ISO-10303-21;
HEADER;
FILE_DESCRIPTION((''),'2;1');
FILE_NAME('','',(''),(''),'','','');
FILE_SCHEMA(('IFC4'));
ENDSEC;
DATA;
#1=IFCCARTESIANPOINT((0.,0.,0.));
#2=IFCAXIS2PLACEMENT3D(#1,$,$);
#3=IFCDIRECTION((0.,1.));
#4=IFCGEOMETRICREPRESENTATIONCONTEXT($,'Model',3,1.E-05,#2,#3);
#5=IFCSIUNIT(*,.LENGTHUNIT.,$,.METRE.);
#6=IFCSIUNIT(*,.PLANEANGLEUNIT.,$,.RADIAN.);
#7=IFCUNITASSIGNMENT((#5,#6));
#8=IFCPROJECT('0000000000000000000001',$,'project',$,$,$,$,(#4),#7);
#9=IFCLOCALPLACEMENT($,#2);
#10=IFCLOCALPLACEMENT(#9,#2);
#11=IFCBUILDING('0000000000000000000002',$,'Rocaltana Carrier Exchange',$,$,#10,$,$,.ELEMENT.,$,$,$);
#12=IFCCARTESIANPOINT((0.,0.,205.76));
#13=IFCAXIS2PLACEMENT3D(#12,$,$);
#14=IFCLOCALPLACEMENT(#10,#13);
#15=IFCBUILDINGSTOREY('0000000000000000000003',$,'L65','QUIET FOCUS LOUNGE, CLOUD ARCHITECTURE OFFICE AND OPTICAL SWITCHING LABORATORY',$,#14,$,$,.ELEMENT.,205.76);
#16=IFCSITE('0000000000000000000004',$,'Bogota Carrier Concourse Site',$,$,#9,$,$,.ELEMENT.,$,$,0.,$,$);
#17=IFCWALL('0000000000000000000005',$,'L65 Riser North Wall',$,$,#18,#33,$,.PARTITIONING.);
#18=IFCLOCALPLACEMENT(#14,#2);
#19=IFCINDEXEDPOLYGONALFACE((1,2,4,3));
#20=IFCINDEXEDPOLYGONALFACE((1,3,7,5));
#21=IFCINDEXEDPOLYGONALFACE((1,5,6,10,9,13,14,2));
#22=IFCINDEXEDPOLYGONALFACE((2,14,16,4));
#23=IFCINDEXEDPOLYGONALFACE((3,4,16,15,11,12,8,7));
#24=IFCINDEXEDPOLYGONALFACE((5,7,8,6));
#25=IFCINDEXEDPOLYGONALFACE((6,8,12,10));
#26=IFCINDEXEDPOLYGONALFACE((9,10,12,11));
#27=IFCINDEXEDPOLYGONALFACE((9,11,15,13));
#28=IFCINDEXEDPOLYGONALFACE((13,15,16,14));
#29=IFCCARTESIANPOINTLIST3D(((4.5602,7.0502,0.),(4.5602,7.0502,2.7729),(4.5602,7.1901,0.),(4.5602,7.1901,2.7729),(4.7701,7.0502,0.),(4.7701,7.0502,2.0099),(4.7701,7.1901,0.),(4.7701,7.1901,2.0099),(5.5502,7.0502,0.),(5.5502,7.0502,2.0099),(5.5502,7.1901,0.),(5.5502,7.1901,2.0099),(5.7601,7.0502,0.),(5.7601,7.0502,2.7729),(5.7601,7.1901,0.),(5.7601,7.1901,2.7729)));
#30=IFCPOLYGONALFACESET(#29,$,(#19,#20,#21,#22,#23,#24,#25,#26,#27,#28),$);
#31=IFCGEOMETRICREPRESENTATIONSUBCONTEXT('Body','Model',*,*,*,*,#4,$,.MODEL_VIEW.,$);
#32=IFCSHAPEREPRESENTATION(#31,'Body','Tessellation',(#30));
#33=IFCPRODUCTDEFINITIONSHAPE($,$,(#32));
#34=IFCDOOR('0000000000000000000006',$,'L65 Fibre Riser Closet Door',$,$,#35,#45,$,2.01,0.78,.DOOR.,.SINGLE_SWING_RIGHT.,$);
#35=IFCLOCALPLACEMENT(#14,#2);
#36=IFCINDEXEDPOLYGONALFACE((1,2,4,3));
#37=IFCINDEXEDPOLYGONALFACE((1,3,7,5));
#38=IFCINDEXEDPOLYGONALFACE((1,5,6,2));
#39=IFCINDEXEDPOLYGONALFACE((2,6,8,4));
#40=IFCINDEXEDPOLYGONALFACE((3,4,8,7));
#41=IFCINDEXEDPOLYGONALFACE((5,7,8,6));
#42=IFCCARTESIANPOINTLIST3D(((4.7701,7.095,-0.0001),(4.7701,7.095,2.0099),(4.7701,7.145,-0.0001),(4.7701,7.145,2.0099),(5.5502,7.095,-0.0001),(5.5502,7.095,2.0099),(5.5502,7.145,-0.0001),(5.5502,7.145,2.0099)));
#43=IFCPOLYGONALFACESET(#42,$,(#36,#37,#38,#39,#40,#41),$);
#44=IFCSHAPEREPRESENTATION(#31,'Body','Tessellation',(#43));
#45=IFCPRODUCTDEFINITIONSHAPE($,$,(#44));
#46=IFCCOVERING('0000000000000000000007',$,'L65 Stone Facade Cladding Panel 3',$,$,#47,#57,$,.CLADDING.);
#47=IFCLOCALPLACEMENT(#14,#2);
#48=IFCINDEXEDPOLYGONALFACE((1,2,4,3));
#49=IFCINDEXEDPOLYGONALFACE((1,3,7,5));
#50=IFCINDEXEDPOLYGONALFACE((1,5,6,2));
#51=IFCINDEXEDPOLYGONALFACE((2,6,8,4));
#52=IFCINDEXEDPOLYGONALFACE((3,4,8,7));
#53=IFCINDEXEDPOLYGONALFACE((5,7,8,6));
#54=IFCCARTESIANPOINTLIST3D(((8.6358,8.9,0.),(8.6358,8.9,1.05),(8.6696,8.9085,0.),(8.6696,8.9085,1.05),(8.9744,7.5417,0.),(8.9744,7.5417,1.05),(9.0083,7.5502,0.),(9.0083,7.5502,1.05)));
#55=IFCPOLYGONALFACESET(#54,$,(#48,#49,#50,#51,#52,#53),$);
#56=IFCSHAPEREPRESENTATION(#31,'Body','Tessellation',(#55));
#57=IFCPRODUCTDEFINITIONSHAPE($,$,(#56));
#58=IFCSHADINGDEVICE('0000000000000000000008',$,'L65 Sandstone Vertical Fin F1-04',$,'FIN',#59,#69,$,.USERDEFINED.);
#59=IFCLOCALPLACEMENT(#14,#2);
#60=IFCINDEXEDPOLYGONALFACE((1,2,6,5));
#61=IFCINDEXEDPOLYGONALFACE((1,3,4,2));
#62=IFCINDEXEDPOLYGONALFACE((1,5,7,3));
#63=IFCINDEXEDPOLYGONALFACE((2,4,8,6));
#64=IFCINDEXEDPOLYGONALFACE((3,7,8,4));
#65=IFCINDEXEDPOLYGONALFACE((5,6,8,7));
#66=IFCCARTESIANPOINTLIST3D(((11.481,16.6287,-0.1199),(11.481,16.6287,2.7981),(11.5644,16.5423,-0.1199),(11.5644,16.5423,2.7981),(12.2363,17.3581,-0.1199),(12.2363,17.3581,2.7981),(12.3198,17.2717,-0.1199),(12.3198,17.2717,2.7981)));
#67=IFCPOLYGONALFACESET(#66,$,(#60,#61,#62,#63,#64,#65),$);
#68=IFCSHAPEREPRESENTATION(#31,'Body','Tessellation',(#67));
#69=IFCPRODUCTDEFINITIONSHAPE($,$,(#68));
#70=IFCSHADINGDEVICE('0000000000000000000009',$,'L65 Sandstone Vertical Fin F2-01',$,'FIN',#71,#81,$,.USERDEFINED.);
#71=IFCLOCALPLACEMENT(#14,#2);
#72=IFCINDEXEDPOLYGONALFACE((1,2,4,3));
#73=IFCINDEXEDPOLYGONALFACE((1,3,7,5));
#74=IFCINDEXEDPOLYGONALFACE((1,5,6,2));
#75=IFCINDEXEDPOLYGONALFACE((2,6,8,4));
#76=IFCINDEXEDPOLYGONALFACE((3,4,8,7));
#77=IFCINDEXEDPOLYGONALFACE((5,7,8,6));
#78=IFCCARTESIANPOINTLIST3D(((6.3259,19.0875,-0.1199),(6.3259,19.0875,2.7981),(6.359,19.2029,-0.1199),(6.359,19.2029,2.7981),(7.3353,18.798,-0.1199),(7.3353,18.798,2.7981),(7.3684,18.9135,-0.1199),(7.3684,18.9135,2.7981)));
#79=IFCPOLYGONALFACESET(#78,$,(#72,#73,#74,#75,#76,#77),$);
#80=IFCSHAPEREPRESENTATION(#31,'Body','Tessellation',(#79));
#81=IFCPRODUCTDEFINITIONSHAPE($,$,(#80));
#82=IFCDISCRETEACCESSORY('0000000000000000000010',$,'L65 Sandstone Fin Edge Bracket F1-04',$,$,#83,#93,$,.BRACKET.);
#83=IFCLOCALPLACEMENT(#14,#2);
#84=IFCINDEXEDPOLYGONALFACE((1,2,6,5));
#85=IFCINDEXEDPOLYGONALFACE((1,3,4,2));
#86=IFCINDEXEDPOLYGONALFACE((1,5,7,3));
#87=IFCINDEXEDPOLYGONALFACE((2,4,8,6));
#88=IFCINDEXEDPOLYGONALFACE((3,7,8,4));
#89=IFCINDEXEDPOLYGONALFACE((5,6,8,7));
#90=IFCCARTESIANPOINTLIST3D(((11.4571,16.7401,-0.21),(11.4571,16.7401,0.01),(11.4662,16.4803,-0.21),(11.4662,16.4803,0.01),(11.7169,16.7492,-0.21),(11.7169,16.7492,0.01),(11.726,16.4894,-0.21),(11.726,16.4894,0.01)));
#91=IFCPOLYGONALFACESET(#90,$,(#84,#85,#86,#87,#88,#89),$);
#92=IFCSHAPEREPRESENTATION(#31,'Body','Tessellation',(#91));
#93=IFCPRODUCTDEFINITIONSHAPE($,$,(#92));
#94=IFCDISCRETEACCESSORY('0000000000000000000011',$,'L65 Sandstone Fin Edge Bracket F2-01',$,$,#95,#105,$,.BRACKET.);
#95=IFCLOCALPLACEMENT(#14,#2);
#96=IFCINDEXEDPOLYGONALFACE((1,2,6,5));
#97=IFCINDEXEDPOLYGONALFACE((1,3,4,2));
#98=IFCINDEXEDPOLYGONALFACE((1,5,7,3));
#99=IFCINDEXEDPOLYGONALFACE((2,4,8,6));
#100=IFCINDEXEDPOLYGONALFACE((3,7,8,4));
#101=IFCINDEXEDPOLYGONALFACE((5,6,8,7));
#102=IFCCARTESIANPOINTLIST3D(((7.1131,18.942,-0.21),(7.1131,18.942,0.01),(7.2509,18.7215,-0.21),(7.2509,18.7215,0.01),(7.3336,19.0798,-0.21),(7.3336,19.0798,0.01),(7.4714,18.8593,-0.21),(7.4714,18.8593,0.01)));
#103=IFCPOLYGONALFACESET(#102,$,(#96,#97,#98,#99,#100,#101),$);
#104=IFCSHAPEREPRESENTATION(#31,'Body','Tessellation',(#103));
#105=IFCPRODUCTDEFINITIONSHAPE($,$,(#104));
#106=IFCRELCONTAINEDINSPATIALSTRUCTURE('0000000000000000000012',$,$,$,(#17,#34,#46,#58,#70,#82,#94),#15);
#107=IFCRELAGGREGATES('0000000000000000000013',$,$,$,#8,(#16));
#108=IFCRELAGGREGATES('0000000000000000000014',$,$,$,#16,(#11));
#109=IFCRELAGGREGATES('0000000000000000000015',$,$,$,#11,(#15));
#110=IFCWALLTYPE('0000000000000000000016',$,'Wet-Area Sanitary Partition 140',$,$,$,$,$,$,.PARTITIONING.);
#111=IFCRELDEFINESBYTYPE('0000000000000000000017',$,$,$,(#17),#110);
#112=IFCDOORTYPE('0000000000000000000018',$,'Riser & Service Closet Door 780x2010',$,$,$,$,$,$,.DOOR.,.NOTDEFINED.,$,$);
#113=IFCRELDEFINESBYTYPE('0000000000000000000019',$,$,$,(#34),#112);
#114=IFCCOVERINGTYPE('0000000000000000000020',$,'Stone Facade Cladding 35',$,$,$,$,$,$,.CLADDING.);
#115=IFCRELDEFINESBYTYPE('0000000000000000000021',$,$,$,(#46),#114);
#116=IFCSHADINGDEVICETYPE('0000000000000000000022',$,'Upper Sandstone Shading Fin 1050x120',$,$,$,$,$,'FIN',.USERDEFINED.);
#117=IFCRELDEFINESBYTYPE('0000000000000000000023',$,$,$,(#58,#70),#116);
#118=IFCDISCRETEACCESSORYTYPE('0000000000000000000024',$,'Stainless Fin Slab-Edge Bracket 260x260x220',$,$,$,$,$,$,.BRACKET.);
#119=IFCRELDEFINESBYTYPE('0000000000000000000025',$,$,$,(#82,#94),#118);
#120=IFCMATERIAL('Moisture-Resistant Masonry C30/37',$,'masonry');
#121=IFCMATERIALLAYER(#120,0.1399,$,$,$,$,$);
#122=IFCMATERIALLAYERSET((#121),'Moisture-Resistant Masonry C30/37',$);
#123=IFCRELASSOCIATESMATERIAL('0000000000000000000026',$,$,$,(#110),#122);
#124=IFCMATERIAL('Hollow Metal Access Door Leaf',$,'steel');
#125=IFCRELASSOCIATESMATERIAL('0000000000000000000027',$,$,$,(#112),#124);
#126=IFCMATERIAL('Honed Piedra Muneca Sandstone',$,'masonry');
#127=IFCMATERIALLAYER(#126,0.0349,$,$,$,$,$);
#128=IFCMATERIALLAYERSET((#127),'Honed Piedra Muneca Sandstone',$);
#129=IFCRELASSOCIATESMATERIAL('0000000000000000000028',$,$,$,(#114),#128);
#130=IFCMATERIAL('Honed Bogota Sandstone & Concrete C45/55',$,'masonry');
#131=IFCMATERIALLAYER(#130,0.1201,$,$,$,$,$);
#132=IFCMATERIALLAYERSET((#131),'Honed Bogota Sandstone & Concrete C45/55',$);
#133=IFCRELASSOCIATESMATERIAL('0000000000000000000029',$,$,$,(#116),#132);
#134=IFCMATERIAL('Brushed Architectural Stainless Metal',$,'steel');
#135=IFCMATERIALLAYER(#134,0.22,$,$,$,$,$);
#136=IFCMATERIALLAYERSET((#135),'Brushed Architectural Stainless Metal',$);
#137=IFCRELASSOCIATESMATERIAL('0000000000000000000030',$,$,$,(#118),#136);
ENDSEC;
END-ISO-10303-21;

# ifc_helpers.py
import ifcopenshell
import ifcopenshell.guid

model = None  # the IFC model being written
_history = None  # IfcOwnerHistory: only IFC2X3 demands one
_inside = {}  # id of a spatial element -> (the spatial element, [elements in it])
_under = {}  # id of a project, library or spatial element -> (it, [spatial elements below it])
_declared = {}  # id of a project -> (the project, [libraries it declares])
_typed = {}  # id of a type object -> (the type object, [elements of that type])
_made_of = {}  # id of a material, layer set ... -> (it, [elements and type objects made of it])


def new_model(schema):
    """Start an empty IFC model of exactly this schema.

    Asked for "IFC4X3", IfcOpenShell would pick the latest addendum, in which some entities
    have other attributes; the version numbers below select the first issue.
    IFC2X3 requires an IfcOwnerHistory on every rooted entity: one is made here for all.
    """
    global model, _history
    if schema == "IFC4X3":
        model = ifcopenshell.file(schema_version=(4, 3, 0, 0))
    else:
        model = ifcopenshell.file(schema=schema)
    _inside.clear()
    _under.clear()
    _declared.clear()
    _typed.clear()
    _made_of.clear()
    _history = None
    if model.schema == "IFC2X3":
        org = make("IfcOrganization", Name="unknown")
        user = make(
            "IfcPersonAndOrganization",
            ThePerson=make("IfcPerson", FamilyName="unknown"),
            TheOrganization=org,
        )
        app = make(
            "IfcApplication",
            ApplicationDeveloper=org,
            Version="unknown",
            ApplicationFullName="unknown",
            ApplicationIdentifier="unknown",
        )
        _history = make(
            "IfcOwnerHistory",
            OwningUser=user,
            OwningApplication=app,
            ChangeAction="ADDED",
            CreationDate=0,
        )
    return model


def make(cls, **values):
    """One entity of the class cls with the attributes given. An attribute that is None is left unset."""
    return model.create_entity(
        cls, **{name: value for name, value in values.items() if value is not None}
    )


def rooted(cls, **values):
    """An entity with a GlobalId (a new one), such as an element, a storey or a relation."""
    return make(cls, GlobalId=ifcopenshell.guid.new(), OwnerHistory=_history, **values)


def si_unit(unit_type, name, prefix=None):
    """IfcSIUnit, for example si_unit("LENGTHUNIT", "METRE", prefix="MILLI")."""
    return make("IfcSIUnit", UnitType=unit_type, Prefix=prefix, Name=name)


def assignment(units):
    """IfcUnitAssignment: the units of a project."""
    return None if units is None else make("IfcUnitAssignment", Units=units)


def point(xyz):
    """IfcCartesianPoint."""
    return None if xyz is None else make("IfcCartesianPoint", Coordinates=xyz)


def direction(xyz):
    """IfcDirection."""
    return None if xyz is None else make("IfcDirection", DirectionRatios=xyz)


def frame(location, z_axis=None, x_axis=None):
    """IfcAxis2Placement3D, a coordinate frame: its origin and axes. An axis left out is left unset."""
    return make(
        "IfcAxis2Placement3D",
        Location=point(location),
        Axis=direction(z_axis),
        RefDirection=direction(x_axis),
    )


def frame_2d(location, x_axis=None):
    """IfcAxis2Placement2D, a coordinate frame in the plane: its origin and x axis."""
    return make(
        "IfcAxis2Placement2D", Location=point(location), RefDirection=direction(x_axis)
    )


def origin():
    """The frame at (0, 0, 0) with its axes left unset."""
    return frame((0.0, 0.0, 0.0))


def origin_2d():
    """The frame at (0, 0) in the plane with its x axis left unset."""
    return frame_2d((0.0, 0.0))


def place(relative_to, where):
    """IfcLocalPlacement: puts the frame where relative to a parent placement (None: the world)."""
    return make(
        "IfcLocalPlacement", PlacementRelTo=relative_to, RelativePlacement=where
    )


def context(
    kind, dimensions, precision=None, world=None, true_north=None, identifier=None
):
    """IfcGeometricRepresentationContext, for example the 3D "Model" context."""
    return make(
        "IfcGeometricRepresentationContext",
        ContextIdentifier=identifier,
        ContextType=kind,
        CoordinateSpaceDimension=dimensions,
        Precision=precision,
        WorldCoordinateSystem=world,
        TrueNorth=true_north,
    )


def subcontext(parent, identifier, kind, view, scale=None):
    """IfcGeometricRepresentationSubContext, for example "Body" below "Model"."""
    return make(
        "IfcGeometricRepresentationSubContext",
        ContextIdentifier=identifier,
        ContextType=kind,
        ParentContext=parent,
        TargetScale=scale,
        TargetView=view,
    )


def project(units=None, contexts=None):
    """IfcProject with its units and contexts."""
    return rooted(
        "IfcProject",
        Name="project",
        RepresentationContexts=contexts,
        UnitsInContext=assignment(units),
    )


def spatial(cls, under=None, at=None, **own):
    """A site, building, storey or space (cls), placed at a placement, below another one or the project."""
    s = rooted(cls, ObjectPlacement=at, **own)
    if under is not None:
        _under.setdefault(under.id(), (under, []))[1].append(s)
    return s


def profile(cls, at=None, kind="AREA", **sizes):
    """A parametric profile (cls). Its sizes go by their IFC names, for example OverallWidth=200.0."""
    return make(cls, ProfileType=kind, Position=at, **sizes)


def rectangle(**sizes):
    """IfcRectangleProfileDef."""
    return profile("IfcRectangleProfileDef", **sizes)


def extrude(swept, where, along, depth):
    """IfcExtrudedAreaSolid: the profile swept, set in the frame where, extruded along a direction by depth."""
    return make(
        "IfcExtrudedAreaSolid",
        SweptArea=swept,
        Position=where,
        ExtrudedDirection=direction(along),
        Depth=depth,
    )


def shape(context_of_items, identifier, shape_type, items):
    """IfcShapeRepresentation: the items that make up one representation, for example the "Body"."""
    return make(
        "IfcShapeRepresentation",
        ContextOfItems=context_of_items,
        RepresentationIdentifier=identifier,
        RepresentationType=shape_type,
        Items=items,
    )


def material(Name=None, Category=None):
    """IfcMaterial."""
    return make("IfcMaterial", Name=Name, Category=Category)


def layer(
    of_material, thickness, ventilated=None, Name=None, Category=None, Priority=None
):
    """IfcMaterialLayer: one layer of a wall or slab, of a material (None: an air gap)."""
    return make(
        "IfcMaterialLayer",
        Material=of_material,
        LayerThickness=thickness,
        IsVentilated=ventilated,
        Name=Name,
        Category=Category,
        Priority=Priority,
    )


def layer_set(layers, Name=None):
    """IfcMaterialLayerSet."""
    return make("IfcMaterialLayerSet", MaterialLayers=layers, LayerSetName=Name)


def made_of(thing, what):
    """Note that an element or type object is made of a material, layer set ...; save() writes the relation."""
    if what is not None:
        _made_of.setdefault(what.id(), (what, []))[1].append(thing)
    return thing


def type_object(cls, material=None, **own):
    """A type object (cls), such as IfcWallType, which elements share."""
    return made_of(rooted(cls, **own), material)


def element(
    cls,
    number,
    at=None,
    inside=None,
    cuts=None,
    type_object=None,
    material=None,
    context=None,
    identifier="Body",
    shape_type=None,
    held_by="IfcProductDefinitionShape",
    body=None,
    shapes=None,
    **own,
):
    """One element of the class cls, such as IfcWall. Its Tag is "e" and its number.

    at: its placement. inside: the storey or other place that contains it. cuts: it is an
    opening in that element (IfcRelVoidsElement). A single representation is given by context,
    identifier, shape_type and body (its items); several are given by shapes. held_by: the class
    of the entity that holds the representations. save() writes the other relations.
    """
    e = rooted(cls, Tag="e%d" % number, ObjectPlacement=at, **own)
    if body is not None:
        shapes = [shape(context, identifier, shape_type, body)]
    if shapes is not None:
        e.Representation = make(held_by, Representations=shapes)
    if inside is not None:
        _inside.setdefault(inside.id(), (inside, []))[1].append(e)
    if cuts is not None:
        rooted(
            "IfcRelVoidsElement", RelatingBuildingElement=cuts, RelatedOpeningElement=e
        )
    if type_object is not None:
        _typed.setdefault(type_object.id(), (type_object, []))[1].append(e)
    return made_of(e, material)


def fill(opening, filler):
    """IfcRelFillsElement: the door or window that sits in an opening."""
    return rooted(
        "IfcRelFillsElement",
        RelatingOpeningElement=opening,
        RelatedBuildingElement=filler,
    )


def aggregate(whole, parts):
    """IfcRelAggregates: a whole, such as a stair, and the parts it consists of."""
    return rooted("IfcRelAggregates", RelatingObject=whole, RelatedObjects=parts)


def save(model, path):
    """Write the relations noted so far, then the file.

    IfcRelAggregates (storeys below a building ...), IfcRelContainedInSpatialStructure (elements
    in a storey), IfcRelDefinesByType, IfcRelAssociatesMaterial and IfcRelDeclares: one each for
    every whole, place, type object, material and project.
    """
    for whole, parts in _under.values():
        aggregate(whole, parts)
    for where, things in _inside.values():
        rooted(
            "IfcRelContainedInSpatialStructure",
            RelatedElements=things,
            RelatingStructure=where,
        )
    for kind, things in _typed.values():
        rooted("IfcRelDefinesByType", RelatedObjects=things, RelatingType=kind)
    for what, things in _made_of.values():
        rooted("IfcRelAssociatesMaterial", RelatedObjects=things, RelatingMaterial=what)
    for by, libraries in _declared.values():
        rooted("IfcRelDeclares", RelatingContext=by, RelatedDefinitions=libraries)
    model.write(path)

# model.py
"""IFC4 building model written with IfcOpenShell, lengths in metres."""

from ifc_helpers import new_model, si_unit, direction, frame, frame_2d, origin, origin_2d, place, context, subcontext, project, spatial, rectangle, extrude, material, layer, layer_set, type_object, element, fill, save


model = new_model("IFC4")

# Units and contexts
model_context = context("Model", 3, precision=1e-05, world=origin(), true_north=direction((0.0, 1.0)))
body_context = subcontext(model_context, "Body", "Model", "MODEL_VIEW")
ifc_project = project(units=[si_unit("LENGTHUNIT", "METRE"), si_unit("PLANEANGLEUNIT", "RADIAN")], contexts=[model_context])

# Site, building, storey
site_placement = place(None, origin())
site = spatial("IfcSite", under=ifc_project, at=site_placement, Name="Bogota Carrier Concourse Site", CompositionType="ELEMENT", RefElevation=0.0)
building_placement = place(site_placement, origin())
building = spatial("IfcBuilding", under=site, at=building_placement, Name="Rocaltana Carrier Exchange", CompositionType="ELEMENT")
storey_placement = place(building_placement, frame((0.0, 0.0, 205.76)))
storey = spatial("IfcBuildingStorey", under=building, at=storey_placement, Name="L65", Description="QUIET FOCUS LOUNGE, CLOUD ARCHITECTURE OFFICE AND OPTICAL SWITCHING LABORATORY", CompositionType="ELEMENT", Elevation=205.76)

# Wall, opening, door
ifc_material_1 = material(Name="Moisture-Resistant Masonry C30/37", Category="masonry")
ifc_layer_1 = layer(ifc_material_1, 0.1399)
ifc_layer_set_1 = layer_set([ifc_layer_1], Name="Moisture-Resistant Masonry C30/37")
wall_type_1 = type_object("IfcWallType", Name="Wet-Area Sanitary Partition 140", PredefinedType="PARTITIONING", material=ifc_layer_set_1)
wall_1_placement = place(storey_placement, frame((4.5601, 7.1201, 0.0), z_axis=(0.0, 0.0, 1.0), x_axis=(1.0, 0.0, 0.0)))
wall_1 = element("IfcWall", 1, at=wall_1_placement, inside=storey, type_object=wall_type_1, Name="L65 Riser North Wall", PredefinedType="PARTITIONING", context=body_context, shape_type="SweptSolid", body=[
    extrude(rectangle(XDim=1.2, YDim=0.1399, at=frame_2d((0.6001, 0.0))), origin(), (0.0, 0.0, 1.0), 2.7729),
])
opening_1_placement = place(wall_1_placement, frame((0.21, 0.0, 0.0)))
opening_1 = element("IfcOpeningElement", 2, at=opening_1_placement, cuts=wall_1, PredefinedType="OPENING", context=body_context, shape_type="SweptSolid", body=[
    extrude(rectangle(XDim=0.78, YDim=2.01, at=frame_2d((0.3901, 1.0049))), frame((0.0, 0.0798, 0.0), z_axis=(0.0, -1.0, 0.0), x_axis=(1.0, 0.0, 0.0)), (0.0, 0.0, 1.0), 0.1599),
])
ifc_material_2 = material(Name="Hollow Metal Access Door Leaf", Category="steel")
door_type_1 = type_object("IfcDoorType", Name="Riser & Service Closet Door 780x2010", OperationType="NOTDEFINED", PredefinedType="DOOR", material=ifc_material_2)
door_1_placement = place(opening_1_placement, origin())
door_1 = element("IfcDoor", 3, at=door_1_placement, inside=storey, type_object=door_type_1, Name="L65 Fibre Riser Closet Door", OperationType="SINGLE_SWING_RIGHT", OverallHeight=2.01, OverallWidth=0.78, PredefinedType="DOOR", context=body_context, shape_type="SweptSolid", body=[
    extrude(rectangle(XDim=0.78, YDim=2.01, at=frame_2d((0.3901, 1.0049))), frame((0.0, 0.0249, 0.0), z_axis=(0.0, -1.0, 0.0), x_axis=(1.0, 0.0, 0.0)), (0.0, 0.0, 1.0), 0.05),
])
fill(opening_1, door_1)

# Covering
ifc_material_3 = material(Name="Honed Piedra Muneca Sandstone", Category="masonry")
ifc_layer_2 = layer(ifc_material_3, 0.0349)
ifc_layer_set_2 = layer_set([ifc_layer_2], Name="Honed Piedra Muneca Sandstone")
covering_type = type_object("IfcCoveringType", Name="Stone Facade Cladding 35", PredefinedType="CLADDING", material=ifc_layer_set_2)
covering_placement = place(storey_placement, frame((8.822, 8.2251, 0.0), z_axis=(0.0, 0.0, 1.0), x_axis=(-0.241922, 0.970296, 0.0)))
element("IfcCovering", 4, at=covering_placement, inside=storey, type_object=covering_type, Name="L65 Stone Facade Cladding Panel 3", PredefinedType="CLADDING", context=body_context, shape_type="SweptSolid", body=[
    extrude(rectangle(XDim=1.3999, YDim=0.0349, at=origin_2d()), origin(), (0.0, 0.0, 1.0), 1.05),
])

# Shading devices
ifc_material_4 = material(Name="Honed Bogota Sandstone & Concrete C45/55", Category="masonry")
ifc_layer_3 = layer(ifc_material_4, 0.1201)
ifc_layer_set_3 = layer_set([ifc_layer_3], Name="Honed Bogota Sandstone & Concrete C45/55")
shading_device_type = type_object("IfcShadingDeviceType", Name="Upper Sandstone Shading Fin 1050x120", ElementType="FIN", PredefinedType="USERDEFINED", material=ifc_layer_set_3)
for number, where, z_axis, x_axis, name in (
    (5, (11.9004, 16.9502, -0.1199), (0.0, 0.0, 1.0), (0.71934, 0.694658, 0.0), "L65 Sandstone Vertical Fin F1-04"),
    (6, (6.8472, 19.0005, -0.1199), (0.0, 0.0, 1.0), (-0.961262, 0.275637, 0.0), "L65 Sandstone Vertical Fin F2-01"),
):
    element("IfcShadingDevice", number, at=place(storey_placement, frame(where, z_axis=z_axis, x_axis=x_axis)), inside=storey, type_object=shading_device_type, Name=name, ObjectType="FIN", PredefinedType="USERDEFINED", context=body_context, shape_type="SweptSolid", body=[
        extrude(rectangle(XDim=1.05, YDim=0.1201, at=origin_2d()), origin(), (0.0, 0.0, 1.0), 2.918),
    ])

# Discrete accessories
ifc_material_5 = material(Name="Brushed Architectural Stainless Metal", Category="steel")
ifc_layer_4 = layer(ifc_material_5, 0.22)
ifc_layer_set_4 = layer_set([ifc_layer_4], Name="Brushed Architectural Stainless Metal")
discrete_accessory_type = type_object("IfcDiscreteAccessoryType", Name="Stainless Fin Slab-Edge Bracket 260x260x220", PredefinedType="BRACKET", material=ifc_layer_set_4)
for number, where, z_axis, x_axis, name in (
    (7, (11.5916, 16.6147, -0.21), (0.0, 0.0, 1.0), (-0.034899, 0.999391, 0.0), "L65 Sandstone Fin Edge Bracket F1-04"),
    (8, (7.2922, 18.9006, -0.21), (0.0, 0.0, 1.0), (-0.848048, -0.529919, 0.0), "L65 Sandstone Fin Edge Bracket F2-01"),
):
    element("IfcDiscreteAccessory", number, at=place(storey_placement, frame(where, z_axis=z_axis, x_axis=x_axis)), inside=storey, type_object=discrete_accessory_type, Name=name, PredefinedType="BRACKET", context=body_context, shape_type="SweptSolid", body=[
        extrude(rectangle(XDim=0.26, YDim=0.26, at=origin_2d()), origin(), (0.0, 0.0, 1.0), 0.22),
    ])

save(model, "model.ifc")
